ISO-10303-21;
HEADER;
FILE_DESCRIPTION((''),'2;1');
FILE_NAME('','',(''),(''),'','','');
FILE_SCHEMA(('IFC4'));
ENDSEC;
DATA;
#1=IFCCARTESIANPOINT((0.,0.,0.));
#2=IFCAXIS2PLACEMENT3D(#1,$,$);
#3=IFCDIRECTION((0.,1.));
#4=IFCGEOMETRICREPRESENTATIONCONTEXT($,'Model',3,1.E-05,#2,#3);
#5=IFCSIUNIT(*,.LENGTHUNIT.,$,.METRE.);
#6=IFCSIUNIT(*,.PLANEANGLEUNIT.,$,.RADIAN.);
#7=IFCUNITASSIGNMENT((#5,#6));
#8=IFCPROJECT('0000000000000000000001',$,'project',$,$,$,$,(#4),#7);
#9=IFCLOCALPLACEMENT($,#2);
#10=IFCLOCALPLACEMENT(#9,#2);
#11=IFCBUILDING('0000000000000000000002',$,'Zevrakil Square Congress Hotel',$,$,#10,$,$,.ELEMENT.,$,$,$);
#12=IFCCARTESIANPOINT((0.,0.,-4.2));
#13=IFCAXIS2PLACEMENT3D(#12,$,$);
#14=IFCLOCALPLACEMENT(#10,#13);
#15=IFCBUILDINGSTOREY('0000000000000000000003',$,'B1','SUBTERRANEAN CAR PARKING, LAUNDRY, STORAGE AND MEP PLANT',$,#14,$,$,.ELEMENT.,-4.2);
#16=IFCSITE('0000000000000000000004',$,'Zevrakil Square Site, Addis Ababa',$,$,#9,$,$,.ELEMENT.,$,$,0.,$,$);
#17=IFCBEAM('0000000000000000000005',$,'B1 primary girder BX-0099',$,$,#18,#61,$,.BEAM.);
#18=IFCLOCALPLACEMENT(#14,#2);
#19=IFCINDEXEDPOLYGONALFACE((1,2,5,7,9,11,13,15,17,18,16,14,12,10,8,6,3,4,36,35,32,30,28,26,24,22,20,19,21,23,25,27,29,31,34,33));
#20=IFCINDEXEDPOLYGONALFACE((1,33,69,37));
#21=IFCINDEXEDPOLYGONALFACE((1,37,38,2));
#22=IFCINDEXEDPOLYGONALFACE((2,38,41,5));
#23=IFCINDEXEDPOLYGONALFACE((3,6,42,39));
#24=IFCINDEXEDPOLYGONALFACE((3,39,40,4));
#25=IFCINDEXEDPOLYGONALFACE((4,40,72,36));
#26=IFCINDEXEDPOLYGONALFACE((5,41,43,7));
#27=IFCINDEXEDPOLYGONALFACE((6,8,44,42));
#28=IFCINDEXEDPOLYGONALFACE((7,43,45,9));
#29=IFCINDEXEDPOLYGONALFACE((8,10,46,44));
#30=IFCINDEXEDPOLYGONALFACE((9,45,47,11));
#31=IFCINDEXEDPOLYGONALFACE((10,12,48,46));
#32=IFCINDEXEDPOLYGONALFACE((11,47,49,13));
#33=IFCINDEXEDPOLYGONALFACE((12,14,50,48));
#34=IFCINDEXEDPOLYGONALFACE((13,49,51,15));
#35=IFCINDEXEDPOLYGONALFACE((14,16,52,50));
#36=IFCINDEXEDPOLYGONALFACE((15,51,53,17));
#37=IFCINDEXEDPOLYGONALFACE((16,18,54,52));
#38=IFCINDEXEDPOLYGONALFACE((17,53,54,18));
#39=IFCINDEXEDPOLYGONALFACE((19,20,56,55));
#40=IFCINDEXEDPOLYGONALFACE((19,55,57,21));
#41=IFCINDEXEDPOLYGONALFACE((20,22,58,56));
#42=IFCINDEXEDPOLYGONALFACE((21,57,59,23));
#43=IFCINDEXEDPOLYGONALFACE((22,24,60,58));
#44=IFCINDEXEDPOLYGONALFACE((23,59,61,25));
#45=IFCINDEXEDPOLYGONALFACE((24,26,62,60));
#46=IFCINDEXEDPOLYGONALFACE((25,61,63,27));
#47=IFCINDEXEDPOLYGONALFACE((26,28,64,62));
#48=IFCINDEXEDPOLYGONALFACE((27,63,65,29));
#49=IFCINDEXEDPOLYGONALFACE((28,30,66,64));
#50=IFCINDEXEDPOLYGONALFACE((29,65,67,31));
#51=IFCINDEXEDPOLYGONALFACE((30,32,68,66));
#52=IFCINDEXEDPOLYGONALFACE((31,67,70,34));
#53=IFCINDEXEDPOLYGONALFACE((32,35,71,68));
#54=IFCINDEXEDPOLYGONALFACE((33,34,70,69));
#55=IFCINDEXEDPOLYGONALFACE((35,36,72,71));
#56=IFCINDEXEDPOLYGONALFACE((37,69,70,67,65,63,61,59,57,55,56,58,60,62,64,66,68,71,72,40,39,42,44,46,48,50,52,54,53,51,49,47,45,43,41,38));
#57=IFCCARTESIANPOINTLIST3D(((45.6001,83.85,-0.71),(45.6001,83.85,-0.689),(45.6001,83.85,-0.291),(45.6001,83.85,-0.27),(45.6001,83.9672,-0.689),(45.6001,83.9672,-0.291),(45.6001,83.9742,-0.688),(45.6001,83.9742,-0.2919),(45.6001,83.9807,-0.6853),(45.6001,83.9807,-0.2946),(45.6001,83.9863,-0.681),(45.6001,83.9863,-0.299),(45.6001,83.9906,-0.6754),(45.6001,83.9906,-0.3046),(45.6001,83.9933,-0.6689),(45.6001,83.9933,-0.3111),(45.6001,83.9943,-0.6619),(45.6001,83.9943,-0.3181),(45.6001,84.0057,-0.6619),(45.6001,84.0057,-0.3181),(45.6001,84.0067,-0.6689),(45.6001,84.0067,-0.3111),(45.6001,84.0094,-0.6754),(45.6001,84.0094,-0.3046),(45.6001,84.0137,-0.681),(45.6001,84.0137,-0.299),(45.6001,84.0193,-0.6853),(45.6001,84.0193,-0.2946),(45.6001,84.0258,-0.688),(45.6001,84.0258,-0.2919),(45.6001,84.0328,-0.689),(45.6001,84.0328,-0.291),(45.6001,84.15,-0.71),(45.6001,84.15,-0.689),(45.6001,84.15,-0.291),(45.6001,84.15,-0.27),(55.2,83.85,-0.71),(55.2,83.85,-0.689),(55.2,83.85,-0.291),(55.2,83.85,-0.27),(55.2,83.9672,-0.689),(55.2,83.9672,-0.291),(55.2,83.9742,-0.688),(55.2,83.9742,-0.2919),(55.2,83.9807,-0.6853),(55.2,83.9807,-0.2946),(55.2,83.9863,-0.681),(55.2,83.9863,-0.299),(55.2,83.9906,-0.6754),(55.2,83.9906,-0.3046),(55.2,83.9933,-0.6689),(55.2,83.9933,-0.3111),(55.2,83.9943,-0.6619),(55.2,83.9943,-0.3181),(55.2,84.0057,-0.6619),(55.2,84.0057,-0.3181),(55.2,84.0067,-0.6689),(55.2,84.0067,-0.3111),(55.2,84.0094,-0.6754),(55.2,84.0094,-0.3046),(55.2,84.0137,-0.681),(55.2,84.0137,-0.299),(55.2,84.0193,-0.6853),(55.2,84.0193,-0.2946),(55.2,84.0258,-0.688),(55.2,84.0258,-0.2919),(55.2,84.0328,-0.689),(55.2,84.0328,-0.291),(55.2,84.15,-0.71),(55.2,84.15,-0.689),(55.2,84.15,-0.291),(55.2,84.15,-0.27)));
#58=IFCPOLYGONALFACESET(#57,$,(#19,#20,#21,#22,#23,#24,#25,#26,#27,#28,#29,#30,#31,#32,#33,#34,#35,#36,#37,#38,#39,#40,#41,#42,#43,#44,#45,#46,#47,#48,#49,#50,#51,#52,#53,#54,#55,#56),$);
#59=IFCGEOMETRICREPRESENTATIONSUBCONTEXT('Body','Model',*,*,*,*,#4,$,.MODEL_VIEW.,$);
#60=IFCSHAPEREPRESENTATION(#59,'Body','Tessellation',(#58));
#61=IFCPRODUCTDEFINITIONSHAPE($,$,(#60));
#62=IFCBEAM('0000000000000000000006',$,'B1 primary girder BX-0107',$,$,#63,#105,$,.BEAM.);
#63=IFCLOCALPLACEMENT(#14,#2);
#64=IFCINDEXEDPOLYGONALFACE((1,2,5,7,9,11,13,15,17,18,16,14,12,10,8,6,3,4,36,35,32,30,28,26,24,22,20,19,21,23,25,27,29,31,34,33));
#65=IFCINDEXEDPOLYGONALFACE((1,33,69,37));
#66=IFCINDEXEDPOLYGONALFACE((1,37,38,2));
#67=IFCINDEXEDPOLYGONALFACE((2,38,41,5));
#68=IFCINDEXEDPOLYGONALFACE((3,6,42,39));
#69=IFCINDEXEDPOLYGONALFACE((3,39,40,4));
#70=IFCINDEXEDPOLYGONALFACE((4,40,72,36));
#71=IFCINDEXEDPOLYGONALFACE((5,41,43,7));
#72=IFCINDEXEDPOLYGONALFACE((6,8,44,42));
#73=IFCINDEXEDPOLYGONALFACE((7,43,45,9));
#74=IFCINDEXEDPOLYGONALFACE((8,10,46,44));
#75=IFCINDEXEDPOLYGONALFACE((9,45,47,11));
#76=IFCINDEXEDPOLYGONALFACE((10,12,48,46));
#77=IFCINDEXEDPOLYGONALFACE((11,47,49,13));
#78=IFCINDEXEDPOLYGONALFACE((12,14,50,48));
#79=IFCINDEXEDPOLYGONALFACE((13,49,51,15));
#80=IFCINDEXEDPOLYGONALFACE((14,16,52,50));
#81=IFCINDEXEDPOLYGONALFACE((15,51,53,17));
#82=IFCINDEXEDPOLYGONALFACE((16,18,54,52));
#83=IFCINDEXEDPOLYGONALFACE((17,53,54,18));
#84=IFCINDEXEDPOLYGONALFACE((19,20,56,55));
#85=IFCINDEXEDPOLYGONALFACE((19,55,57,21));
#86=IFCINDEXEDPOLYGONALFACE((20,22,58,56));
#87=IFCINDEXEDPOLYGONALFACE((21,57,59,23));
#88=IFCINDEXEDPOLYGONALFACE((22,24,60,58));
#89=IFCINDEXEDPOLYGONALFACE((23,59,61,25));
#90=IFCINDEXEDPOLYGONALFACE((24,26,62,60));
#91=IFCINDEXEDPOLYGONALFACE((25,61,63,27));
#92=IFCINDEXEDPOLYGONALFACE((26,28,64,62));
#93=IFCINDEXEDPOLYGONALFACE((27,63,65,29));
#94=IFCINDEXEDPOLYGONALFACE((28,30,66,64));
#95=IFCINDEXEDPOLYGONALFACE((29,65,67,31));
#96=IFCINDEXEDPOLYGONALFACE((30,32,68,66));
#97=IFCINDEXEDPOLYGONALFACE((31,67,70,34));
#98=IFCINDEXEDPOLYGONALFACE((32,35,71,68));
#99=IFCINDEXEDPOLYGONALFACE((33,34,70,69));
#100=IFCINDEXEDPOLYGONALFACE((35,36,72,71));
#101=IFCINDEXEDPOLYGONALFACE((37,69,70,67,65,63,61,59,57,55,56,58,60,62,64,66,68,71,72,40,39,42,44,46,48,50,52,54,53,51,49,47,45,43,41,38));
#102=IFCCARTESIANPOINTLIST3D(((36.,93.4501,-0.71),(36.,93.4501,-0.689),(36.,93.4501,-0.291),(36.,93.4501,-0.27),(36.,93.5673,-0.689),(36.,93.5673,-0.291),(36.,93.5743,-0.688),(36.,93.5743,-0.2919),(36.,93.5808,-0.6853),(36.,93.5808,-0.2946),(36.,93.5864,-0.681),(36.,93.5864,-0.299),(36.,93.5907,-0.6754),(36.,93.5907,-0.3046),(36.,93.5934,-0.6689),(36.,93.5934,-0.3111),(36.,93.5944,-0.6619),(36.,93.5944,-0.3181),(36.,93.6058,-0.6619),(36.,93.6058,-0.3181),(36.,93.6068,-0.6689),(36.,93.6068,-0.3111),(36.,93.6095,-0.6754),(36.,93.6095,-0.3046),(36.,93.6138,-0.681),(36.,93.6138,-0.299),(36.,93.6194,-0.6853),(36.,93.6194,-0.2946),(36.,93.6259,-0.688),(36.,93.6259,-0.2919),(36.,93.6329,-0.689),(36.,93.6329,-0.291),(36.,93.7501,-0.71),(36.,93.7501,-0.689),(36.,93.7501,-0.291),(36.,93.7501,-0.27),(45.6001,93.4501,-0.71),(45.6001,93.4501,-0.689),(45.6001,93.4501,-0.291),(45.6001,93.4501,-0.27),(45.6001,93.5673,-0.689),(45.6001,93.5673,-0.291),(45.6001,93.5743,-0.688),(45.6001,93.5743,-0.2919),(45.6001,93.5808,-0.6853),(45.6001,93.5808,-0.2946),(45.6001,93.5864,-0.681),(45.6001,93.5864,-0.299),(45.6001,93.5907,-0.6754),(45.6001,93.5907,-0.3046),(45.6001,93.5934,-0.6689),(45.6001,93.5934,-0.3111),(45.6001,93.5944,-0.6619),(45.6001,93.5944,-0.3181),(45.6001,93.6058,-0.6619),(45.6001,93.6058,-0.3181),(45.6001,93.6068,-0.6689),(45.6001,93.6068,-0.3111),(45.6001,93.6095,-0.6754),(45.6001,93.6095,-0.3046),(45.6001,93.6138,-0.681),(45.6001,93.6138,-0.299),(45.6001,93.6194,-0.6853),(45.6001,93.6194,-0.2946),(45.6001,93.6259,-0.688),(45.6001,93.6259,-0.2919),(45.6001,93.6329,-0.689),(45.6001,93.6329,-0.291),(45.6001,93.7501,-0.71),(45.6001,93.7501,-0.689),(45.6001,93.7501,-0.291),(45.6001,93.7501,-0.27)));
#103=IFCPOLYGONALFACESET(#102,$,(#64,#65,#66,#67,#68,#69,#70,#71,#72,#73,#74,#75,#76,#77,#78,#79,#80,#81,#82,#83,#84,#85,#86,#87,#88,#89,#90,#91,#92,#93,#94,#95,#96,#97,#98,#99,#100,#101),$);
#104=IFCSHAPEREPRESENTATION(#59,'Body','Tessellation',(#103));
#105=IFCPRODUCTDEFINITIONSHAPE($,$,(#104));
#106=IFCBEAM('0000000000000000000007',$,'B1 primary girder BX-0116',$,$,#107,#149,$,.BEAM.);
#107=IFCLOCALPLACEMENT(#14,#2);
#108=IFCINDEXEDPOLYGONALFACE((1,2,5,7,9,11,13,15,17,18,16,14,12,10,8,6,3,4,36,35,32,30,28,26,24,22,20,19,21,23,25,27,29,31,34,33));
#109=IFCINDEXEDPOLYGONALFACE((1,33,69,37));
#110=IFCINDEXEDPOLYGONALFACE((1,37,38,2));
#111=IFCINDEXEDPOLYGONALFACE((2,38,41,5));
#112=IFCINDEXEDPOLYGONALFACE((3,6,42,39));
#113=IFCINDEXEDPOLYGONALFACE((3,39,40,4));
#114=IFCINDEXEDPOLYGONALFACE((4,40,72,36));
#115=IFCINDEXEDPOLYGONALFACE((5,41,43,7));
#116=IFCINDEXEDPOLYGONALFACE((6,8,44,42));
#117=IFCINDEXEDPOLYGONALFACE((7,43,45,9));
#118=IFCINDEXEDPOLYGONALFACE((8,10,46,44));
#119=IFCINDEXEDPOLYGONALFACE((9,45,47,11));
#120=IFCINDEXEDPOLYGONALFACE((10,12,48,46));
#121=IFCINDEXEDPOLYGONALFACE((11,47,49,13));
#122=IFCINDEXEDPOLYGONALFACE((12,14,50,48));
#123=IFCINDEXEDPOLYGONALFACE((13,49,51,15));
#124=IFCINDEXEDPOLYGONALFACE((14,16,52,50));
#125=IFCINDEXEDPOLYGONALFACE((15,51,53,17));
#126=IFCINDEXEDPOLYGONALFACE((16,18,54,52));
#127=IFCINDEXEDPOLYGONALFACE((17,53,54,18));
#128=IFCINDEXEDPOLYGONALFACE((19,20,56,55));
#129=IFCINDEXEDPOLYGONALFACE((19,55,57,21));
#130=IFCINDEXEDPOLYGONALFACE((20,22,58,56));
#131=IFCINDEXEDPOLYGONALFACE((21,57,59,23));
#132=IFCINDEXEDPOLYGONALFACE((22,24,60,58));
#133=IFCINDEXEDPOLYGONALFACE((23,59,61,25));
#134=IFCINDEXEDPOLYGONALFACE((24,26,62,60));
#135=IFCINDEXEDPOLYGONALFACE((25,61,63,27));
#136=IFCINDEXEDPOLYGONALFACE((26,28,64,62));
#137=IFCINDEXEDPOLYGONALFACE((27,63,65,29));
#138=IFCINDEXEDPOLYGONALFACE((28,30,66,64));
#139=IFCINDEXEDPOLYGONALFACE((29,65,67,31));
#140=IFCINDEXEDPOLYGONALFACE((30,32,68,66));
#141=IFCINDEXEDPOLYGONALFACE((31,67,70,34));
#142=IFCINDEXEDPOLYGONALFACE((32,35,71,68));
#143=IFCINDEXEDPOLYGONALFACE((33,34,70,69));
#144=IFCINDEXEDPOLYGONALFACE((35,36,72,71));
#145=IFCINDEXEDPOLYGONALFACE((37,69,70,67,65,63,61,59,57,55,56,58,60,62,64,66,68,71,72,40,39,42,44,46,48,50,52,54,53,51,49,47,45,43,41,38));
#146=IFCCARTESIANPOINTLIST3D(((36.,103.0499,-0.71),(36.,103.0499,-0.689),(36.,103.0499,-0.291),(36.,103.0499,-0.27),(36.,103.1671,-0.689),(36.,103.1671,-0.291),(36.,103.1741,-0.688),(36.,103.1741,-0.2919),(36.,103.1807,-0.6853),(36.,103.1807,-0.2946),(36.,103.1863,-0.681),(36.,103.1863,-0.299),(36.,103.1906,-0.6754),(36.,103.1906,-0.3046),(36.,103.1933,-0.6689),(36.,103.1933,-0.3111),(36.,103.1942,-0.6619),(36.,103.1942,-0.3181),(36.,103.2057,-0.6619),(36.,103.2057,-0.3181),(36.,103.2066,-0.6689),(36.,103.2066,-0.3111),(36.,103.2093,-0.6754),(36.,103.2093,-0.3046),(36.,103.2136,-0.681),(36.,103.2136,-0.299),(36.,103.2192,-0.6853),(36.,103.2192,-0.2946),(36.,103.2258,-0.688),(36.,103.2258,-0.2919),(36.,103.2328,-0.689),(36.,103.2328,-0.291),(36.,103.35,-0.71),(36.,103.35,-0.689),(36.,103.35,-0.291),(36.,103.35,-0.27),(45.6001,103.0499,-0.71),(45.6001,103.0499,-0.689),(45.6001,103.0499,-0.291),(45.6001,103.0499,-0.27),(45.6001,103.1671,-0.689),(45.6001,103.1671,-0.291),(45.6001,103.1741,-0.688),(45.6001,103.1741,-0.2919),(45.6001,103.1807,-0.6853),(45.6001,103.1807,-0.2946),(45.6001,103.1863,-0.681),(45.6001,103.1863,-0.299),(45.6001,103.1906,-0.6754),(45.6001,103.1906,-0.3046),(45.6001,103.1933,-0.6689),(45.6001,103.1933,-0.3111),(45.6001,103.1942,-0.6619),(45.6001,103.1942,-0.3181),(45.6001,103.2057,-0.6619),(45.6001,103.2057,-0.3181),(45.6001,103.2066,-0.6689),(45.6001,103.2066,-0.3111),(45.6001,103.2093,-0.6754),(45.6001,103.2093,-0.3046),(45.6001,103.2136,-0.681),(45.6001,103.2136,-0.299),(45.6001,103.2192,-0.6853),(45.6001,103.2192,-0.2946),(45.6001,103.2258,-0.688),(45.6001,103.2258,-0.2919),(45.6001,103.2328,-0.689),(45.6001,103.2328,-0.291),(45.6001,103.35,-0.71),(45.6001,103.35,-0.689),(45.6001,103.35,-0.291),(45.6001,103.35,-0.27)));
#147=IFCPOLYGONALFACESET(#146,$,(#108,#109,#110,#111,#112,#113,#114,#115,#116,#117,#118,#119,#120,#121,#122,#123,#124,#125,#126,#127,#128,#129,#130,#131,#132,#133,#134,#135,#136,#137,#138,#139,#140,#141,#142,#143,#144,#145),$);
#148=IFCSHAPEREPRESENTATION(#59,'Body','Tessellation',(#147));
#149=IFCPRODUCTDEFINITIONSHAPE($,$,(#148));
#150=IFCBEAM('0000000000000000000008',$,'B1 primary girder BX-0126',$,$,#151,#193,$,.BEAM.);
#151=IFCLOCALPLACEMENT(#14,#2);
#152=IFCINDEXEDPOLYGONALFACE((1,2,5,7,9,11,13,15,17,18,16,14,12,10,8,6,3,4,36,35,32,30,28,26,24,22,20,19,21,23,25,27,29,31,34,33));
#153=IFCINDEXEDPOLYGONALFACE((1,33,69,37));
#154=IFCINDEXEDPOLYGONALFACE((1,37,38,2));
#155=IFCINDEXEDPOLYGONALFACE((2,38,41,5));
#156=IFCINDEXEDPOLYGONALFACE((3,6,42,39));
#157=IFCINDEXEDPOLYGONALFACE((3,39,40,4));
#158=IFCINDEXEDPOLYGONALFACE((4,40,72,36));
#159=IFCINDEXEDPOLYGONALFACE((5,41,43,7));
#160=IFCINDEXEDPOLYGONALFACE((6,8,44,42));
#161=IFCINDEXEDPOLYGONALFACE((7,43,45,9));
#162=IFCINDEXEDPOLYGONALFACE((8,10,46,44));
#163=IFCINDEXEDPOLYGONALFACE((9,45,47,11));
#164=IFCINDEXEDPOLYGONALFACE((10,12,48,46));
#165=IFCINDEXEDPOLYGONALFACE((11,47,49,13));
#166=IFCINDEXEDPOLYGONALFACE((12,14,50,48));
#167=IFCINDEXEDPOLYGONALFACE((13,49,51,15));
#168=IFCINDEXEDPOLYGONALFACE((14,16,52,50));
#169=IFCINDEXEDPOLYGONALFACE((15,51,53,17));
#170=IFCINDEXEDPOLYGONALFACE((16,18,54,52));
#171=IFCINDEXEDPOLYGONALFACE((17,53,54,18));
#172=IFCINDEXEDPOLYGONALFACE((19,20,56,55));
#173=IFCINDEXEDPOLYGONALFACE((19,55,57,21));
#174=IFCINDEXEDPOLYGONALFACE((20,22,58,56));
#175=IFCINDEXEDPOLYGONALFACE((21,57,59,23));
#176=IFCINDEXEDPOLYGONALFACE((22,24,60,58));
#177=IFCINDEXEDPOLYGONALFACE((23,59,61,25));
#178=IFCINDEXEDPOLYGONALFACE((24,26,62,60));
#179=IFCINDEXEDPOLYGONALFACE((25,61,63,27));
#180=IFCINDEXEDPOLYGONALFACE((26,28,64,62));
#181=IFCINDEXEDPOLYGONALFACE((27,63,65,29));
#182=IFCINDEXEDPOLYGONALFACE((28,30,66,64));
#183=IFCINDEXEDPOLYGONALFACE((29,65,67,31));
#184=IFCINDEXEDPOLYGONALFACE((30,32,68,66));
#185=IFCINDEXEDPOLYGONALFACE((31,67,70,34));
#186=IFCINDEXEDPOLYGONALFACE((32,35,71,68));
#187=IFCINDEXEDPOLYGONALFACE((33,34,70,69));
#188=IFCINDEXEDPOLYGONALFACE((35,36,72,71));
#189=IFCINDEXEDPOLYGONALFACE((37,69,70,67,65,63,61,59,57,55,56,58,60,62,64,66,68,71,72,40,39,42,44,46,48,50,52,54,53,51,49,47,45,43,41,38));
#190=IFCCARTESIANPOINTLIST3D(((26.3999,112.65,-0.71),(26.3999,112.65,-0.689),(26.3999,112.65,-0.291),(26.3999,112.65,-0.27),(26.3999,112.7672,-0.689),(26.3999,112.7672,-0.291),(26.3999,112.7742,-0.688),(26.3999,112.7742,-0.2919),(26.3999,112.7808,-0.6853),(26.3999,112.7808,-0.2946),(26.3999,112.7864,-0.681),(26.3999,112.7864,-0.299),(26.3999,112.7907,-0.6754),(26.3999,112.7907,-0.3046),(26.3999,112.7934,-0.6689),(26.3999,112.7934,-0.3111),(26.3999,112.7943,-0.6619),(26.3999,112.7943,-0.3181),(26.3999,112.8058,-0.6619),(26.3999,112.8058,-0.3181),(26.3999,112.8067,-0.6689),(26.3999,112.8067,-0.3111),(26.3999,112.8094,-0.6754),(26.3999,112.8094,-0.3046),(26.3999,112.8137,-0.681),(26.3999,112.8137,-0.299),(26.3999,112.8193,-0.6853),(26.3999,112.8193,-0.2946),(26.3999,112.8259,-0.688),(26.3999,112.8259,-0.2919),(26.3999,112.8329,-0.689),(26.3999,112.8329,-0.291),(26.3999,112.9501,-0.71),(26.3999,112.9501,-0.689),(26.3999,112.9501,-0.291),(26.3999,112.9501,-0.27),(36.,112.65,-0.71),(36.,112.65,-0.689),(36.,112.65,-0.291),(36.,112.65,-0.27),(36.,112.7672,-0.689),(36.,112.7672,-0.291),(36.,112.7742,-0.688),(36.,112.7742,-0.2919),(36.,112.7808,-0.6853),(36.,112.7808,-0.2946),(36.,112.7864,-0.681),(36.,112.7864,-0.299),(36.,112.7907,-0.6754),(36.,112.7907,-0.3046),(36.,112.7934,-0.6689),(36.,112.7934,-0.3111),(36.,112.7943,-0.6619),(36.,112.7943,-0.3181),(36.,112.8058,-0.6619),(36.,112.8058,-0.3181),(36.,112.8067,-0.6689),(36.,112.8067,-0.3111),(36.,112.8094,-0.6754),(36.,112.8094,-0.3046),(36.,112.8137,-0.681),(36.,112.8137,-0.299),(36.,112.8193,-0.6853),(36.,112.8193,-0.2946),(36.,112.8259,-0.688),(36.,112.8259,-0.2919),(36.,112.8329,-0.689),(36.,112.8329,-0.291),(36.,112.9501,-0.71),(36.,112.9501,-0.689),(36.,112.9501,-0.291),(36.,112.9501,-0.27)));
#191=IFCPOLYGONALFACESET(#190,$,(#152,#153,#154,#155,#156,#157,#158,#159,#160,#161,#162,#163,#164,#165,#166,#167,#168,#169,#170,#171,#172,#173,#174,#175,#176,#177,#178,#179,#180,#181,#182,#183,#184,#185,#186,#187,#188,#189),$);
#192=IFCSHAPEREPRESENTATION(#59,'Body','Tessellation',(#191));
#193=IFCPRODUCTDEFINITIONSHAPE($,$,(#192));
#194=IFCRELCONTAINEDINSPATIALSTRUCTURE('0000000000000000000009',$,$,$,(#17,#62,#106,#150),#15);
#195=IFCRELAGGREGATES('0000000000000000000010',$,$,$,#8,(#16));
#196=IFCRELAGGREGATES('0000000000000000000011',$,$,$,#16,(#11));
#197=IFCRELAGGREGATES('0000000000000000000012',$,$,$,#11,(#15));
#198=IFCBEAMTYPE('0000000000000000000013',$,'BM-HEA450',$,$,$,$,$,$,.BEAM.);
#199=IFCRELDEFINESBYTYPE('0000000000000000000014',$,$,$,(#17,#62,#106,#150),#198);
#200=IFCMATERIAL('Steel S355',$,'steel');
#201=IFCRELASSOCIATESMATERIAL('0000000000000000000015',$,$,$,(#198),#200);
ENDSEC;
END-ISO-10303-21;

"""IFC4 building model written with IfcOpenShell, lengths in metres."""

from ifc_helpers import new_model, si_unit, direction, frame, origin, origin_2d, place, context, subcontext, project, spatial, i_section, extrude, material, material_profile, profile_set, type_object, element, save


model = new_model("IFC4")

# Units and contexts
model_context = context("Model", 3, precision=1e-05, world=origin(), true_north=direction((0.0, 1.0)))
body_context = subcontext(model_context, "Body", "Model", "MODEL_VIEW")
ifc_project = project(units=[si_unit("LENGTHUNIT", "METRE"), si_unit("PLANEANGLEUNIT", "RADIAN")], contexts=[model_context])

# Site, building, storey
site_placement = place(None, origin())
site = spatial("IfcSite", under=ifc_project, at=site_placement, Name="Zevrakil Square Site, Addis Ababa", CompositionType="ELEMENT", RefElevation=0.0)
building_placement = place(site_placement, origin())
building = spatial("IfcBuilding", under=site, at=building_placement, Name="Zevrakil Square Congress Hotel", CompositionType="ELEMENT")
storey_placement = place(building_placement, frame((0.0, 0.0, -4.2)))
storey = spatial("IfcBuildingStorey", under=building, at=storey_placement, Name="B1", Description="SUBTERRANEAN CAR PARKING, LAUNDRY, STORAGE AND MEP PLANT", CompositionType="ELEMENT", Elevation=-4.2)

# Beams
ifc_material_1 = material(Name="Steel S355", Category="steel")
ifc_material_profile_1 = material_profile(ifc_material_1, i_section(OverallWidth=0.3, OverallDepth=0.4399, WebThickness=0.0115, FlangeThickness=0.021, FilletRadius=0.0271, at=origin_2d()), Name="HEA 450")
ifc_profile_set_1 = profile_set([ifc_material_profile_1], Name="Steel S355")
beam_type_1 = type_object("IfcBeamType", Name="BM-HEA450", PredefinedType="BEAM", material=ifc_profile_set_1)
beam_1_placement = place(storey_placement, frame((45.6001, 84.0, -0.49), z_axis=(1.0, 0.0, 0.0), x_axis=(0.0, 1.0, 0.0)))
element("IfcBeam", 1, at=beam_1_placement, inside=storey, type_object=beam_type_1, Name="B1 primary girder BX-0099", PredefinedType="BEAM", context=body_context, shape_type="SweptSolid", body=[
    extrude(i_section(OverallWidth=0.3, OverallDepth=0.4399, WebThickness=0.0115, FlangeThickness=0.021, FilletRadius=0.0271, at=origin_2d()), origin(), (0.0, 0.0, 1.0), 9.5999),
])
for number, where, z_axis, x_axis, name in (
    (2, (36.0, 93.6001, -0.49), (1.0, 0.0, 0.0), (0.0, 1.0, 0.0), "B1 primary girder BX-0107"),
    (3, (36.0, 103.2, -0.49), (1.0, 0.0, 0.0), (0.0, 1.0, 0.0), "B1 primary girder BX-0116"),
    (4, (26.3999, 112.8, -0.49), (1.0, 0.0, 0.0), (0.0, 1.0, 0.0), "B1 primary girder BX-0126"),
):
    element("IfcBeam", number, at=place(storey_placement, frame(where, z_axis=z_axis, x_axis=x_axis)), inside=storey, type_object=beam_type_1, Name=name, PredefinedType="BEAM", context=body_context, shape_type="SweptSolid", body=[
        extrude(i_section(OverallWidth=0.3, OverallDepth=0.4399, WebThickness=0.0115, FlangeThickness=0.021, FilletRadius=0.0271, at=origin_2d()), origin(), (0.0, 0.0, 1.0), 9.6001),
    ])

save(model, "model.ifc")
